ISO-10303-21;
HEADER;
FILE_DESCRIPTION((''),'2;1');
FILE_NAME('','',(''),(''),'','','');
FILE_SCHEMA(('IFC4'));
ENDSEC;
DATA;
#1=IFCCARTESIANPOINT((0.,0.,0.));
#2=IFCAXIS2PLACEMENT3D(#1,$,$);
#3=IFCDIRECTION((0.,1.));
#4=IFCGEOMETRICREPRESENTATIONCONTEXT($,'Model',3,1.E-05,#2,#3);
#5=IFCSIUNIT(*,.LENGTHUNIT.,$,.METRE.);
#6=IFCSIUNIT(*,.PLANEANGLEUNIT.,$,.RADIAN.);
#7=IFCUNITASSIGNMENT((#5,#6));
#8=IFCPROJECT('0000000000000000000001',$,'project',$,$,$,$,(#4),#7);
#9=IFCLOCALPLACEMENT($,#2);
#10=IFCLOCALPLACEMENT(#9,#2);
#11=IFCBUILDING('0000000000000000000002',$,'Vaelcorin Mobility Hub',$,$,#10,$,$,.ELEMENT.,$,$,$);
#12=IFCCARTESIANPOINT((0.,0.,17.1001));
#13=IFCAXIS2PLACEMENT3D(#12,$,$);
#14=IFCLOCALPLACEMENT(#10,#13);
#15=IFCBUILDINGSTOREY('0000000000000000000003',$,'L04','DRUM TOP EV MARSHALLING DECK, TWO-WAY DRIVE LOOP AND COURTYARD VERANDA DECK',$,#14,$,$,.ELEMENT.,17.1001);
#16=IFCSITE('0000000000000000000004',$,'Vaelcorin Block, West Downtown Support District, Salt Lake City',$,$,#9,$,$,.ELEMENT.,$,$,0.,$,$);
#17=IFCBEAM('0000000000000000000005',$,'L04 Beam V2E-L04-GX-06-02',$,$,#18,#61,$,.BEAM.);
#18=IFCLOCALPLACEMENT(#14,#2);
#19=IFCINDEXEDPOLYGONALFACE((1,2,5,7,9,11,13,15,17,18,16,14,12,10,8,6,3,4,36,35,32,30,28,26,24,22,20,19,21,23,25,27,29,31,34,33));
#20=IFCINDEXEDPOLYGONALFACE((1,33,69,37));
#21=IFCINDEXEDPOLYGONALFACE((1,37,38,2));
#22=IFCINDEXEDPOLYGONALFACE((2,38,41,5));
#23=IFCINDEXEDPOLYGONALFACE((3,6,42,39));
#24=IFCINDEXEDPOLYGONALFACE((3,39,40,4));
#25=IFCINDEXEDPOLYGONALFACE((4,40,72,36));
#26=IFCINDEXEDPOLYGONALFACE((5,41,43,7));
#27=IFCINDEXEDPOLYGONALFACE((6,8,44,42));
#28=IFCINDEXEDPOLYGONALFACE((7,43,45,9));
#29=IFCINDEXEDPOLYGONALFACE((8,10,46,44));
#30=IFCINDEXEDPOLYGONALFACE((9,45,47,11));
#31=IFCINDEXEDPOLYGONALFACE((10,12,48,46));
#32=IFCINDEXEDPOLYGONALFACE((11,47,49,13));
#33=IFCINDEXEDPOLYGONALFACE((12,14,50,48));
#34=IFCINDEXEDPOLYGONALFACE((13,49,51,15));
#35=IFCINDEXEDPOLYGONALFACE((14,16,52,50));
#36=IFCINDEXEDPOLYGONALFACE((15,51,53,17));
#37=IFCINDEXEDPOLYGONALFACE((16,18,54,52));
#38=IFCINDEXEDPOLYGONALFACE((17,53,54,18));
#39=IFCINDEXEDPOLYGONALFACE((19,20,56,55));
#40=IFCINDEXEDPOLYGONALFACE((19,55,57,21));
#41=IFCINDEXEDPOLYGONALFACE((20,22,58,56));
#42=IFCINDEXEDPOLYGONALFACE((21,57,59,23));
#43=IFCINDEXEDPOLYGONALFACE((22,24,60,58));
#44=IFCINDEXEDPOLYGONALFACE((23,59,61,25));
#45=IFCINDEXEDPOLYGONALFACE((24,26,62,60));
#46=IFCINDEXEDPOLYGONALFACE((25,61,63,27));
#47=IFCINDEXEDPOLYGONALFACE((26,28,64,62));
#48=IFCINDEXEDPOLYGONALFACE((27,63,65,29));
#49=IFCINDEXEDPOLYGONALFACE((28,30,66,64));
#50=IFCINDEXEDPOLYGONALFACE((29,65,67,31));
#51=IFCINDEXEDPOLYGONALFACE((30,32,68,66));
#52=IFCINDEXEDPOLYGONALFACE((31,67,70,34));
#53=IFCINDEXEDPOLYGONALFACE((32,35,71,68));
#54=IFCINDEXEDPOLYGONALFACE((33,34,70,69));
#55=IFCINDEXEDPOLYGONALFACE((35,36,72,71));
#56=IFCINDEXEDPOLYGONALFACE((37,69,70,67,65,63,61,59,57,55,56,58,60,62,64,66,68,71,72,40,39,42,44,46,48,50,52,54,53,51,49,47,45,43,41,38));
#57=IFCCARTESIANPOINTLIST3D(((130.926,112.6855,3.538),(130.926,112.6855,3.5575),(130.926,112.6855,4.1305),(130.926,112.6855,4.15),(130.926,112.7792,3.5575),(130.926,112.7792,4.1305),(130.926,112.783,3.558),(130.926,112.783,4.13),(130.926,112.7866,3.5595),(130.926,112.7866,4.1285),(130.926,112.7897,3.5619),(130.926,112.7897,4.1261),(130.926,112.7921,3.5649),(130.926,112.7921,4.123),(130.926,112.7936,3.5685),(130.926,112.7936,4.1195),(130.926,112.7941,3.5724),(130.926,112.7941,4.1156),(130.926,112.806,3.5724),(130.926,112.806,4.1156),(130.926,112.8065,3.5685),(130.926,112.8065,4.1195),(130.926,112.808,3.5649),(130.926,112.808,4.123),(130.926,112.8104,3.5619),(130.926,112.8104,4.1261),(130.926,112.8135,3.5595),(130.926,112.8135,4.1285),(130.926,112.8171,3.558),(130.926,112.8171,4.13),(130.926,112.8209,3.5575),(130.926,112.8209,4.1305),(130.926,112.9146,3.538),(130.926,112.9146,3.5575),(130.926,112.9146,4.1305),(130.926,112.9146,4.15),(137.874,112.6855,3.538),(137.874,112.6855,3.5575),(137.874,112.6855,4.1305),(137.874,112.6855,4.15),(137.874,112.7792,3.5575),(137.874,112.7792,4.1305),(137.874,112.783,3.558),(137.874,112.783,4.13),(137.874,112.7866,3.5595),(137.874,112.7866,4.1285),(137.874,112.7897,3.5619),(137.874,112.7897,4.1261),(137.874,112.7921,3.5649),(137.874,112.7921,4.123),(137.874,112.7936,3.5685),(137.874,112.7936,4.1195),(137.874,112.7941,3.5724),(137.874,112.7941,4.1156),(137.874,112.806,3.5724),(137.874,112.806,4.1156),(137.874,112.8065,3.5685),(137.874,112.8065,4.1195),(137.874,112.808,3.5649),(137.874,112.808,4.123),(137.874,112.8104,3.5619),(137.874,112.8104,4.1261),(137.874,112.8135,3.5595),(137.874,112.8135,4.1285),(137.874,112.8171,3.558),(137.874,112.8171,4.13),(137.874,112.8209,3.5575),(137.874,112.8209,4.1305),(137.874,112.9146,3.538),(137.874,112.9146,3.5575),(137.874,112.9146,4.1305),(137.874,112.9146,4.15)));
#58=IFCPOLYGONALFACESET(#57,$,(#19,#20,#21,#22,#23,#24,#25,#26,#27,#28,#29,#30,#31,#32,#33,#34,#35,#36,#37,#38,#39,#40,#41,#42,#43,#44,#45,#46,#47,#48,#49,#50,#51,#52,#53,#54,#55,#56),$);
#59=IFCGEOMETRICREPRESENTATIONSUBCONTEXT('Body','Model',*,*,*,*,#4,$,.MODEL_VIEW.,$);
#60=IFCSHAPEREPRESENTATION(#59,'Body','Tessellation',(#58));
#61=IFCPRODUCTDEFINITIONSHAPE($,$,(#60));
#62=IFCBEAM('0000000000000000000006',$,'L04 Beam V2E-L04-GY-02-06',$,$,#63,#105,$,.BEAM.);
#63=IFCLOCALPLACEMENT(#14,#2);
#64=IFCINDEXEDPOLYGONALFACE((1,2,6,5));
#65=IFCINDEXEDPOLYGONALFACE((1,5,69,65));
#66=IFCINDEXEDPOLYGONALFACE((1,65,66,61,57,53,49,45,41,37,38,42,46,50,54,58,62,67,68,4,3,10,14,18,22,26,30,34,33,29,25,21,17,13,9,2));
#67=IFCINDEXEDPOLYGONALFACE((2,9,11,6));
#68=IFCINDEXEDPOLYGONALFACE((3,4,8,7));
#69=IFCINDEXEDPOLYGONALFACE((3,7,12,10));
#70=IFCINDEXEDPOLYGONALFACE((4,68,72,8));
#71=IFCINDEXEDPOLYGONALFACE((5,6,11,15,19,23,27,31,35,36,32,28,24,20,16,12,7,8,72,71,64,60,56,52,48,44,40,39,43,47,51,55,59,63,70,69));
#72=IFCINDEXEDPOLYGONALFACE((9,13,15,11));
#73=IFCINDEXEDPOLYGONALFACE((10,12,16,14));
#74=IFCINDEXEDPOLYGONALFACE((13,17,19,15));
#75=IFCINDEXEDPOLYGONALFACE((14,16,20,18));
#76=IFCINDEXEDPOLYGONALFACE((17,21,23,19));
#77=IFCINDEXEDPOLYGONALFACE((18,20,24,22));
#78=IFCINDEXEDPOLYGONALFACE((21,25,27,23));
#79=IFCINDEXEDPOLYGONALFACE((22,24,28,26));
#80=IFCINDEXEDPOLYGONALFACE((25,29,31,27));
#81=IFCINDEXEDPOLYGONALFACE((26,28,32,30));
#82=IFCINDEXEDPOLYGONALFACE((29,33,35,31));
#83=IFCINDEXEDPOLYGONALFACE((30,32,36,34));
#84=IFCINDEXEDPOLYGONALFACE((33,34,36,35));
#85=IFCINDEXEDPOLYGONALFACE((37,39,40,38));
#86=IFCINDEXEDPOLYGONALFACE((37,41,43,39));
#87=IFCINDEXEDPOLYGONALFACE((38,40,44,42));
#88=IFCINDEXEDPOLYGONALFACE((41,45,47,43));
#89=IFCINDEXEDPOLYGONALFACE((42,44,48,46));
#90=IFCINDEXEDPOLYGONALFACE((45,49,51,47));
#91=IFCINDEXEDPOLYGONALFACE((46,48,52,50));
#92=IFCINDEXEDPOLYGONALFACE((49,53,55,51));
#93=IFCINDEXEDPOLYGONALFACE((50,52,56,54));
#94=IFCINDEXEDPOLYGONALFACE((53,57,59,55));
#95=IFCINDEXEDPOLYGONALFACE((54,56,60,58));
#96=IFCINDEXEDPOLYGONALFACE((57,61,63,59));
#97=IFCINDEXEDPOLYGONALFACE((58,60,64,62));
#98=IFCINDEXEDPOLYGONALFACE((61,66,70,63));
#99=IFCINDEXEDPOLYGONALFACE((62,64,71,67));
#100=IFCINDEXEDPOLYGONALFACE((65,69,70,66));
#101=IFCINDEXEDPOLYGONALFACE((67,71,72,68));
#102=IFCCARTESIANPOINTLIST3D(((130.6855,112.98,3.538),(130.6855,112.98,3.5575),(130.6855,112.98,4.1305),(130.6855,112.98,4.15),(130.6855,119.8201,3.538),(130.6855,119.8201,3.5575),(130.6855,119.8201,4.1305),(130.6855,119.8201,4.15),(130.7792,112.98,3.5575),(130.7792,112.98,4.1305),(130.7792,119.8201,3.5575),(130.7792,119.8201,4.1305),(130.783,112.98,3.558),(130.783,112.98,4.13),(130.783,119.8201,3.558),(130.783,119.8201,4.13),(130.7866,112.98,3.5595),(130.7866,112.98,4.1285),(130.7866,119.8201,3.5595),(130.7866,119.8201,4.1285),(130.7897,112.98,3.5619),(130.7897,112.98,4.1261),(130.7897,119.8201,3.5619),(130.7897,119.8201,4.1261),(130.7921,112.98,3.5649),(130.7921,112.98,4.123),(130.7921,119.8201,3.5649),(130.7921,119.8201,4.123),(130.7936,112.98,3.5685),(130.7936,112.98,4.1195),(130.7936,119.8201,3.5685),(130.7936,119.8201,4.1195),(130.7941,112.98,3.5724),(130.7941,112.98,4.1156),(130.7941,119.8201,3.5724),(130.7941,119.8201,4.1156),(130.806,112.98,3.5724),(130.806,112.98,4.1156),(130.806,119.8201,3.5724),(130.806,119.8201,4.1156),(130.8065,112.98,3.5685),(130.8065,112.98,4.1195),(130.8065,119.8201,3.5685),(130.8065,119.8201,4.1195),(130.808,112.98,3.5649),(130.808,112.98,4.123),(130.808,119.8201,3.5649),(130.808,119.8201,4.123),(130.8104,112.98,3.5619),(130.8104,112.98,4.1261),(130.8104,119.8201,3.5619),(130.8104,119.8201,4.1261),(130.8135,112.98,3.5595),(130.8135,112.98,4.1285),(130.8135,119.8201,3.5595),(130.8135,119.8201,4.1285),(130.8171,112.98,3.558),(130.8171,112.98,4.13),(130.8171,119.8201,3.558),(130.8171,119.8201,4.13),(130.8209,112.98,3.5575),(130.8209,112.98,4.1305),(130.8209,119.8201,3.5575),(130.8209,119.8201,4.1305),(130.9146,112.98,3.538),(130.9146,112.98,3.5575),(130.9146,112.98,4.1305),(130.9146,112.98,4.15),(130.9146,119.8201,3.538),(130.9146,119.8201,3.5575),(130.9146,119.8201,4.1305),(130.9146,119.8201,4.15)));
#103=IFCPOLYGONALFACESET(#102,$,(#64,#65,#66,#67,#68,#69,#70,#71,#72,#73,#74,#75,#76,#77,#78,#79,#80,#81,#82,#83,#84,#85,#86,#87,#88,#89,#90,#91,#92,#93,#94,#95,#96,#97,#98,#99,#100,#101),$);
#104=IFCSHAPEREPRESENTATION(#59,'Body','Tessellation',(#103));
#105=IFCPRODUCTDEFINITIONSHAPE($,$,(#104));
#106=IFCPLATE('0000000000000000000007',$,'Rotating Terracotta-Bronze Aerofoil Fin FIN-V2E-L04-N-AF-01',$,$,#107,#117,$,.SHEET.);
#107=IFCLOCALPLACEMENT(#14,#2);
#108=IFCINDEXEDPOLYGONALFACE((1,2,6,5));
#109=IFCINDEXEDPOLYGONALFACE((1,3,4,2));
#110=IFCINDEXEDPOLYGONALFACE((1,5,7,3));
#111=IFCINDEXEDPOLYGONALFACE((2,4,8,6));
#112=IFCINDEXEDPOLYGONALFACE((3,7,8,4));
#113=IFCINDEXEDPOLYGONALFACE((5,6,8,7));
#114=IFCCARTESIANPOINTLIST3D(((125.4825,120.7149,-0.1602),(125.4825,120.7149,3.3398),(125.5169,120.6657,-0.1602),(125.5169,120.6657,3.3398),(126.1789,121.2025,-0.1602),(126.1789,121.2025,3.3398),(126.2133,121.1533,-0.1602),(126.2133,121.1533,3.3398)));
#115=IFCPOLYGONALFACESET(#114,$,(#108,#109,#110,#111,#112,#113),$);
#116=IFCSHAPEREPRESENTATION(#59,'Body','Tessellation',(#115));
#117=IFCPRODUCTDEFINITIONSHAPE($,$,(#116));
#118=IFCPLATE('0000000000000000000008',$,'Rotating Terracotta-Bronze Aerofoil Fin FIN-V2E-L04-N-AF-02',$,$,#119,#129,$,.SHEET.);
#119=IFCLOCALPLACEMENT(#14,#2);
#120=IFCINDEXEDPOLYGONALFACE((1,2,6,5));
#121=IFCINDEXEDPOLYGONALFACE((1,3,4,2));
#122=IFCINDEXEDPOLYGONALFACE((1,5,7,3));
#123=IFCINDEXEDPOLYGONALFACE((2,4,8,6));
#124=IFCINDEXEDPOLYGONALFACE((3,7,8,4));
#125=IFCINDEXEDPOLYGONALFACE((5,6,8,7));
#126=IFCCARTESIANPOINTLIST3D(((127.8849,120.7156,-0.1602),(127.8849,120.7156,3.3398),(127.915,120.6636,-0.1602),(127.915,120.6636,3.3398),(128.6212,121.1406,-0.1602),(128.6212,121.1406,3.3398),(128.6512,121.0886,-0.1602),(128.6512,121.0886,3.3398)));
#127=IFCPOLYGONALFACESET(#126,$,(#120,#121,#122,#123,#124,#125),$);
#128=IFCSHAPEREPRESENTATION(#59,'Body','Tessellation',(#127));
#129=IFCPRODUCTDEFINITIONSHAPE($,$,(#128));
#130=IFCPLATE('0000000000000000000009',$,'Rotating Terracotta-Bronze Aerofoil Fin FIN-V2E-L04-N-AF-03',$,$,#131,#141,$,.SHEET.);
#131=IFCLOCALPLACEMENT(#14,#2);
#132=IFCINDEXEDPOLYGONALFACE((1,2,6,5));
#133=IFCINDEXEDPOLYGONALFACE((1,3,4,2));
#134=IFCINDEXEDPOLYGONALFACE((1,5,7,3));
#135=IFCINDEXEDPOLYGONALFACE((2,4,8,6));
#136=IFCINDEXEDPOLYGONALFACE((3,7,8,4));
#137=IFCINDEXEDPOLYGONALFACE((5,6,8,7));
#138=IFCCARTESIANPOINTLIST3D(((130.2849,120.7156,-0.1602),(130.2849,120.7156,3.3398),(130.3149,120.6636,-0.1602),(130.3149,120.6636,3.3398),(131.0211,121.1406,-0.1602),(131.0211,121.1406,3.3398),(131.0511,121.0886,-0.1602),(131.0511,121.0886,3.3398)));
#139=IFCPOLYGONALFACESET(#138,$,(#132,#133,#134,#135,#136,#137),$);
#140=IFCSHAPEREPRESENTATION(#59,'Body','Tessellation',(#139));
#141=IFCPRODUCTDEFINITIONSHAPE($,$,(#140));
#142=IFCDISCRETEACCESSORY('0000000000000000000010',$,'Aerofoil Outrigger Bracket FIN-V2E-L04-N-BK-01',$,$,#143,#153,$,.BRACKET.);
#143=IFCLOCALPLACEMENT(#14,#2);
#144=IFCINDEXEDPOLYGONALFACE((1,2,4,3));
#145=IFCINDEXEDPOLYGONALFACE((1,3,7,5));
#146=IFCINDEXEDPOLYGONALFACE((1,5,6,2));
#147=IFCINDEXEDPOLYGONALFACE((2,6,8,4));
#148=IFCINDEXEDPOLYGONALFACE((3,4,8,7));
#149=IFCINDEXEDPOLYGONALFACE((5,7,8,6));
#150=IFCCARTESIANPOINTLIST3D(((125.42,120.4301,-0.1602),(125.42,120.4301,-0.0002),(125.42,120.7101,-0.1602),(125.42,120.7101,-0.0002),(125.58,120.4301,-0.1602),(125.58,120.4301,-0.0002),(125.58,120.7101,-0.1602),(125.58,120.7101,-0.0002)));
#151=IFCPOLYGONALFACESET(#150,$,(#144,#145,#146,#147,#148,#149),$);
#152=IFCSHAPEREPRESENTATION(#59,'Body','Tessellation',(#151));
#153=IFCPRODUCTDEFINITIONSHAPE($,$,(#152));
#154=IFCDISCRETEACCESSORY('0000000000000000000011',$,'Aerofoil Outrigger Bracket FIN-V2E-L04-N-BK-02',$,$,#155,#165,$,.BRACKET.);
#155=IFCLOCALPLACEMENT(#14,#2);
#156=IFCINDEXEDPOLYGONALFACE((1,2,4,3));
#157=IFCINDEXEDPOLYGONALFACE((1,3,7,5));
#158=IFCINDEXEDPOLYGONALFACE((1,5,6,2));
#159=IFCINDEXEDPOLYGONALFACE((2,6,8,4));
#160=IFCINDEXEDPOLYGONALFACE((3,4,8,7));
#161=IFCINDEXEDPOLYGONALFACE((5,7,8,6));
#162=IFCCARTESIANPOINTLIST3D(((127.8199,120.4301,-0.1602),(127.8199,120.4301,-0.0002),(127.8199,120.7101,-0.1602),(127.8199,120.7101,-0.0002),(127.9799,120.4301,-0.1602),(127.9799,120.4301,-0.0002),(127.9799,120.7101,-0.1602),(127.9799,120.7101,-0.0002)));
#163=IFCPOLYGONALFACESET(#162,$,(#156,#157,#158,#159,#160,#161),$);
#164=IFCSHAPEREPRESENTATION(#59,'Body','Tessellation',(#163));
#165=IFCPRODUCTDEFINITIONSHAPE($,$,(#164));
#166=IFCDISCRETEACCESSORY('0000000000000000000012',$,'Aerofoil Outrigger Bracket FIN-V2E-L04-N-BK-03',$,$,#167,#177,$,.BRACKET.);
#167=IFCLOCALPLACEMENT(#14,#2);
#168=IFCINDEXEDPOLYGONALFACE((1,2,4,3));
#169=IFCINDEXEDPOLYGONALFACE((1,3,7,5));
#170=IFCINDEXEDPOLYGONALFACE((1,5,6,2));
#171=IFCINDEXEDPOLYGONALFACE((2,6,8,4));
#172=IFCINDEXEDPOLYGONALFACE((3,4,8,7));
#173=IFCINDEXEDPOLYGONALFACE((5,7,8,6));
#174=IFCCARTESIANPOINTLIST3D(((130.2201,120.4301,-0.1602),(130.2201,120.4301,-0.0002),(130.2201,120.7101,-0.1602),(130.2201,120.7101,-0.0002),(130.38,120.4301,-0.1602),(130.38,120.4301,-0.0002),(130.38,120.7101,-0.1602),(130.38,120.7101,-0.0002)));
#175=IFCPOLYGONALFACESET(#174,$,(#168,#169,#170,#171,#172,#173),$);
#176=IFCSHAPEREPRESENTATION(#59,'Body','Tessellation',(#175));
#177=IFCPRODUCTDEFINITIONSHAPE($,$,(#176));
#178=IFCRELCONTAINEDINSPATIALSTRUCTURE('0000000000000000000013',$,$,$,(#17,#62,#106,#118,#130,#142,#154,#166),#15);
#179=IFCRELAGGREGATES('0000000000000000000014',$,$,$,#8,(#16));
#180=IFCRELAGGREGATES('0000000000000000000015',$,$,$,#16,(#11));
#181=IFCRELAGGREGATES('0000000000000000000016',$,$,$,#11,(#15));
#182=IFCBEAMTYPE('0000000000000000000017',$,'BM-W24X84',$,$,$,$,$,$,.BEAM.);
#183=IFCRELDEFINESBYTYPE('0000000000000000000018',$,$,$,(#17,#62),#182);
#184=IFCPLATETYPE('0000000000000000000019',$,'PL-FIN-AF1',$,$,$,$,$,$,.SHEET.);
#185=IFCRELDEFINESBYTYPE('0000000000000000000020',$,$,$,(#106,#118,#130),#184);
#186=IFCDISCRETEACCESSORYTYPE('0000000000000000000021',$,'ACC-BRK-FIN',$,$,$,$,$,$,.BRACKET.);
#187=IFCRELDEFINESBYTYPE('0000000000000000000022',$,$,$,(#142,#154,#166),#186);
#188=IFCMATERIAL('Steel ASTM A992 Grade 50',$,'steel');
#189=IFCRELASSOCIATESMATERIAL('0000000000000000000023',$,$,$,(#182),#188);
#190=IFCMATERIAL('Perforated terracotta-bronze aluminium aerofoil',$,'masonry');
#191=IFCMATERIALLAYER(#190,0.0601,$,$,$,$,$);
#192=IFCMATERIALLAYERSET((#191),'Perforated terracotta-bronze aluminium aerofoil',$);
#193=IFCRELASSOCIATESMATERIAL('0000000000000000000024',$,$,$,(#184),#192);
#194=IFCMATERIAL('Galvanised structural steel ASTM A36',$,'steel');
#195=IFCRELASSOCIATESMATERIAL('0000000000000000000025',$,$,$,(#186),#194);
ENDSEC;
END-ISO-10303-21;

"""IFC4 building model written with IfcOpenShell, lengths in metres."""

from ifc_helpers import new_model, si_unit, direction, frame, origin, origin_2d, place, context, subcontext, project, spatial, rectangle, i_section, extrude, material, layer, layer_set, material_profile, profile_set, type_object, element, save


model = new_model("IFC4")

# Units and contexts
model_context = context("Model", 3, precision=1e-05, world=origin(), true_north=direction((0.0, 1.0)))
body_context = subcontext(model_context, "Body", "Model", "MODEL_VIEW")
ifc_project = project(units=[si_unit("LENGTHUNIT", "METRE"), si_unit("PLANEANGLEUNIT", "RADIAN")], contexts=[model_context])

# Site, building, storey
site_placement = place(None, origin())
site = spatial("IfcSite", under=ifc_project, at=site_placement, Name="Vaelcorin Block, West Downtown Support District, Salt Lake City", CompositionType="ELEMENT", RefElevation=0.0)
building_placement = place(site_placement, origin())
building = spatial("IfcBuilding", under=site, at=building_placement, Name="Vaelcorin Mobility Hub", CompositionType="ELEMENT")
storey_placement = place(building_placement, frame((0.0, 0.0, 17.1001)))
storey = spatial("IfcBuildingStorey", under=building, at=storey_placement, Name="L04", Description="DRUM TOP EV MARSHALLING DECK, TWO-WAY DRIVE LOOP AND COURTYARD VERANDA DECK", CompositionType="ELEMENT", Elevation=17.1001)

# Shared definitions
ifc_material_1 = material(Name="Steel ASTM A992 Grade 50", Category="steel")

# Beams
ifc_material_profile_1 = material_profile(ifc_material_1, i_section(OverallWidth=0.229, OverallDepth=0.6121, WebThickness=0.012, FlangeThickness=0.0195, FilletRadius=0.0149, at=origin_2d()), Name="W24X84")
ifc_profile_set_1 = profile_set([ifc_material_profile_1], Name="Steel ASTM A992 Grade 50")
beam_type_1 = type_object("IfcBeamType", Name="BM-W24X84", PredefinedType="BEAM", material=ifc_profile_set_1)
for number, where, z_axis, x_axis, name in (
    (1, (130.926, 112.8, 3.844), (1.0, 0.0, 0.0), (0.0, 1.0, 0.0), "L04 Beam V2E-L04-GX-06-02"),
):
    element("IfcBeam", number, at=place(storey_placement, frame(where, z_axis=z_axis, x_axis=x_axis)), inside=storey, type_object=beam_type_1, Name=name, PredefinedType="BEAM", context=body_context, shape_type="SweptSolid", body=[
        extrude(i_section(OverallWidth=0.229, OverallDepth=0.6121, WebThickness=0.012, FlangeThickness=0.0195, FilletRadius=0.0149, at=origin_2d()), origin(), (0.0, 0.0, 1.0), 6.948),
    ])
beam_1_placement = place(storey_placement, frame((130.8, 112.98, 3.844), z_axis=(0.0, 1.0, 0.0), x_axis=(-1.0, 0.0, 0.0)))
element("IfcBeam", 2, at=beam_1_placement, inside=storey, type_object=beam_type_1, Name="L04 Beam V2E-L04-GY-02-06", PredefinedType="BEAM", context=body_context, shape_type="SweptSolid", body=[
    extrude(i_section(OverallWidth=0.229, OverallDepth=0.6121, WebThickness=0.012, FlangeThickness=0.0195, FilletRadius=0.0149, at=origin_2d()), origin(), (0.0, 0.0, 1.0), 6.8401),
])

# Plates
ifc_material_2 = material(Name="Perforated terracotta-bronze aluminium aerofoil", Category="masonry")
ifc_layer_1 = layer(ifc_material_2, 0.0601)
ifc_layer_set_1 = layer_set([ifc_layer_1], Name="Perforated terracotta-bronze aluminium aerofoil")
plate_type = type_object("IfcPlateType", Name="PL-FIN-AF1", PredefinedType="SHEET", material=ifc_layer_set_1)
for number, where, z_axis, x_axis, name in (
    (3, (125.8479, 120.9341, -0.1602), (0.0, 0.0, 1.0), (0.819152, 0.573576, 0.0), "Rotating Terracotta-Bronze Aerofoil Fin FIN-V2E-L04-N-AF-01"),
    (4, (128.2681, 120.9021, -0.1602), (0.0, 0.0, 1.0), (0.866025, 0.5, 0.0), "Rotating Terracotta-Bronze Aerofoil Fin FIN-V2E-L04-N-AF-02"),
    (5, (130.668, 120.9021, -0.1602), (0.0, 0.0, 1.0), (0.866025, 0.5, 0.0), "Rotating Terracotta-Bronze Aerofoil Fin FIN-V2E-L04-N-AF-03"),
):
    element("IfcPlate", number, at=place(storey_placement, frame(where, z_axis=z_axis, x_axis=x_axis)), inside=storey, type_object=plate_type, Name=name, PredefinedType="SHEET", context=body_context, shape_type="SweptSolid", body=[
        extrude(rectangle(XDim=0.8501, YDim=0.0601, at=origin_2d()), origin(), (0.0, 0.0, 1.0), 3.5),
    ])

# Shared definitions
ifc_material_3 = material(Name="Galvanised structural steel ASTM A36", Category="steel")

# Discrete accessories
discrete_accessory_type = type_object("IfcDiscreteAccessoryType", Name="ACC-BRK-FIN", PredefinedType="BRACKET", material=ifc_material_3)
for number, where, z_axis, x_axis, name in (
    (6, (125.5, 120.5701, -0.1602), (0.0, 0.0, 1.0), (0.0, 1.0, 0.0), "Aerofoil Outrigger Bracket FIN-V2E-L04-N-BK-01"),
    (7, (127.8999, 120.5701, -0.1602), (0.0, 0.0, 1.0), (0.0, 1.0, 0.0), "Aerofoil Outrigger Bracket FIN-V2E-L04-N-BK-02"),
    (8, (130.3, 120.5701, -0.1602), (0.0, 0.0, 1.0), (0.0, 1.0, 0.0), "Aerofoil Outrigger Bracket FIN-V2E-L04-N-BK-03"),
):
    element("IfcDiscreteAccessory", number, at=place(storey_placement, frame(where, z_axis=z_axis, x_axis=x_axis)), inside=storey, type_object=discrete_accessory_type, Name=name, PredefinedType="BRACKET", context=body_context, shape_type="SweptSolid", body=[
        extrude(rectangle(XDim=0.28, YDim=0.1599, at=origin_2d()), origin(), (0.0, 0.0, 1.0), 0.1599),
    ])

save(model, "model.ifc")
